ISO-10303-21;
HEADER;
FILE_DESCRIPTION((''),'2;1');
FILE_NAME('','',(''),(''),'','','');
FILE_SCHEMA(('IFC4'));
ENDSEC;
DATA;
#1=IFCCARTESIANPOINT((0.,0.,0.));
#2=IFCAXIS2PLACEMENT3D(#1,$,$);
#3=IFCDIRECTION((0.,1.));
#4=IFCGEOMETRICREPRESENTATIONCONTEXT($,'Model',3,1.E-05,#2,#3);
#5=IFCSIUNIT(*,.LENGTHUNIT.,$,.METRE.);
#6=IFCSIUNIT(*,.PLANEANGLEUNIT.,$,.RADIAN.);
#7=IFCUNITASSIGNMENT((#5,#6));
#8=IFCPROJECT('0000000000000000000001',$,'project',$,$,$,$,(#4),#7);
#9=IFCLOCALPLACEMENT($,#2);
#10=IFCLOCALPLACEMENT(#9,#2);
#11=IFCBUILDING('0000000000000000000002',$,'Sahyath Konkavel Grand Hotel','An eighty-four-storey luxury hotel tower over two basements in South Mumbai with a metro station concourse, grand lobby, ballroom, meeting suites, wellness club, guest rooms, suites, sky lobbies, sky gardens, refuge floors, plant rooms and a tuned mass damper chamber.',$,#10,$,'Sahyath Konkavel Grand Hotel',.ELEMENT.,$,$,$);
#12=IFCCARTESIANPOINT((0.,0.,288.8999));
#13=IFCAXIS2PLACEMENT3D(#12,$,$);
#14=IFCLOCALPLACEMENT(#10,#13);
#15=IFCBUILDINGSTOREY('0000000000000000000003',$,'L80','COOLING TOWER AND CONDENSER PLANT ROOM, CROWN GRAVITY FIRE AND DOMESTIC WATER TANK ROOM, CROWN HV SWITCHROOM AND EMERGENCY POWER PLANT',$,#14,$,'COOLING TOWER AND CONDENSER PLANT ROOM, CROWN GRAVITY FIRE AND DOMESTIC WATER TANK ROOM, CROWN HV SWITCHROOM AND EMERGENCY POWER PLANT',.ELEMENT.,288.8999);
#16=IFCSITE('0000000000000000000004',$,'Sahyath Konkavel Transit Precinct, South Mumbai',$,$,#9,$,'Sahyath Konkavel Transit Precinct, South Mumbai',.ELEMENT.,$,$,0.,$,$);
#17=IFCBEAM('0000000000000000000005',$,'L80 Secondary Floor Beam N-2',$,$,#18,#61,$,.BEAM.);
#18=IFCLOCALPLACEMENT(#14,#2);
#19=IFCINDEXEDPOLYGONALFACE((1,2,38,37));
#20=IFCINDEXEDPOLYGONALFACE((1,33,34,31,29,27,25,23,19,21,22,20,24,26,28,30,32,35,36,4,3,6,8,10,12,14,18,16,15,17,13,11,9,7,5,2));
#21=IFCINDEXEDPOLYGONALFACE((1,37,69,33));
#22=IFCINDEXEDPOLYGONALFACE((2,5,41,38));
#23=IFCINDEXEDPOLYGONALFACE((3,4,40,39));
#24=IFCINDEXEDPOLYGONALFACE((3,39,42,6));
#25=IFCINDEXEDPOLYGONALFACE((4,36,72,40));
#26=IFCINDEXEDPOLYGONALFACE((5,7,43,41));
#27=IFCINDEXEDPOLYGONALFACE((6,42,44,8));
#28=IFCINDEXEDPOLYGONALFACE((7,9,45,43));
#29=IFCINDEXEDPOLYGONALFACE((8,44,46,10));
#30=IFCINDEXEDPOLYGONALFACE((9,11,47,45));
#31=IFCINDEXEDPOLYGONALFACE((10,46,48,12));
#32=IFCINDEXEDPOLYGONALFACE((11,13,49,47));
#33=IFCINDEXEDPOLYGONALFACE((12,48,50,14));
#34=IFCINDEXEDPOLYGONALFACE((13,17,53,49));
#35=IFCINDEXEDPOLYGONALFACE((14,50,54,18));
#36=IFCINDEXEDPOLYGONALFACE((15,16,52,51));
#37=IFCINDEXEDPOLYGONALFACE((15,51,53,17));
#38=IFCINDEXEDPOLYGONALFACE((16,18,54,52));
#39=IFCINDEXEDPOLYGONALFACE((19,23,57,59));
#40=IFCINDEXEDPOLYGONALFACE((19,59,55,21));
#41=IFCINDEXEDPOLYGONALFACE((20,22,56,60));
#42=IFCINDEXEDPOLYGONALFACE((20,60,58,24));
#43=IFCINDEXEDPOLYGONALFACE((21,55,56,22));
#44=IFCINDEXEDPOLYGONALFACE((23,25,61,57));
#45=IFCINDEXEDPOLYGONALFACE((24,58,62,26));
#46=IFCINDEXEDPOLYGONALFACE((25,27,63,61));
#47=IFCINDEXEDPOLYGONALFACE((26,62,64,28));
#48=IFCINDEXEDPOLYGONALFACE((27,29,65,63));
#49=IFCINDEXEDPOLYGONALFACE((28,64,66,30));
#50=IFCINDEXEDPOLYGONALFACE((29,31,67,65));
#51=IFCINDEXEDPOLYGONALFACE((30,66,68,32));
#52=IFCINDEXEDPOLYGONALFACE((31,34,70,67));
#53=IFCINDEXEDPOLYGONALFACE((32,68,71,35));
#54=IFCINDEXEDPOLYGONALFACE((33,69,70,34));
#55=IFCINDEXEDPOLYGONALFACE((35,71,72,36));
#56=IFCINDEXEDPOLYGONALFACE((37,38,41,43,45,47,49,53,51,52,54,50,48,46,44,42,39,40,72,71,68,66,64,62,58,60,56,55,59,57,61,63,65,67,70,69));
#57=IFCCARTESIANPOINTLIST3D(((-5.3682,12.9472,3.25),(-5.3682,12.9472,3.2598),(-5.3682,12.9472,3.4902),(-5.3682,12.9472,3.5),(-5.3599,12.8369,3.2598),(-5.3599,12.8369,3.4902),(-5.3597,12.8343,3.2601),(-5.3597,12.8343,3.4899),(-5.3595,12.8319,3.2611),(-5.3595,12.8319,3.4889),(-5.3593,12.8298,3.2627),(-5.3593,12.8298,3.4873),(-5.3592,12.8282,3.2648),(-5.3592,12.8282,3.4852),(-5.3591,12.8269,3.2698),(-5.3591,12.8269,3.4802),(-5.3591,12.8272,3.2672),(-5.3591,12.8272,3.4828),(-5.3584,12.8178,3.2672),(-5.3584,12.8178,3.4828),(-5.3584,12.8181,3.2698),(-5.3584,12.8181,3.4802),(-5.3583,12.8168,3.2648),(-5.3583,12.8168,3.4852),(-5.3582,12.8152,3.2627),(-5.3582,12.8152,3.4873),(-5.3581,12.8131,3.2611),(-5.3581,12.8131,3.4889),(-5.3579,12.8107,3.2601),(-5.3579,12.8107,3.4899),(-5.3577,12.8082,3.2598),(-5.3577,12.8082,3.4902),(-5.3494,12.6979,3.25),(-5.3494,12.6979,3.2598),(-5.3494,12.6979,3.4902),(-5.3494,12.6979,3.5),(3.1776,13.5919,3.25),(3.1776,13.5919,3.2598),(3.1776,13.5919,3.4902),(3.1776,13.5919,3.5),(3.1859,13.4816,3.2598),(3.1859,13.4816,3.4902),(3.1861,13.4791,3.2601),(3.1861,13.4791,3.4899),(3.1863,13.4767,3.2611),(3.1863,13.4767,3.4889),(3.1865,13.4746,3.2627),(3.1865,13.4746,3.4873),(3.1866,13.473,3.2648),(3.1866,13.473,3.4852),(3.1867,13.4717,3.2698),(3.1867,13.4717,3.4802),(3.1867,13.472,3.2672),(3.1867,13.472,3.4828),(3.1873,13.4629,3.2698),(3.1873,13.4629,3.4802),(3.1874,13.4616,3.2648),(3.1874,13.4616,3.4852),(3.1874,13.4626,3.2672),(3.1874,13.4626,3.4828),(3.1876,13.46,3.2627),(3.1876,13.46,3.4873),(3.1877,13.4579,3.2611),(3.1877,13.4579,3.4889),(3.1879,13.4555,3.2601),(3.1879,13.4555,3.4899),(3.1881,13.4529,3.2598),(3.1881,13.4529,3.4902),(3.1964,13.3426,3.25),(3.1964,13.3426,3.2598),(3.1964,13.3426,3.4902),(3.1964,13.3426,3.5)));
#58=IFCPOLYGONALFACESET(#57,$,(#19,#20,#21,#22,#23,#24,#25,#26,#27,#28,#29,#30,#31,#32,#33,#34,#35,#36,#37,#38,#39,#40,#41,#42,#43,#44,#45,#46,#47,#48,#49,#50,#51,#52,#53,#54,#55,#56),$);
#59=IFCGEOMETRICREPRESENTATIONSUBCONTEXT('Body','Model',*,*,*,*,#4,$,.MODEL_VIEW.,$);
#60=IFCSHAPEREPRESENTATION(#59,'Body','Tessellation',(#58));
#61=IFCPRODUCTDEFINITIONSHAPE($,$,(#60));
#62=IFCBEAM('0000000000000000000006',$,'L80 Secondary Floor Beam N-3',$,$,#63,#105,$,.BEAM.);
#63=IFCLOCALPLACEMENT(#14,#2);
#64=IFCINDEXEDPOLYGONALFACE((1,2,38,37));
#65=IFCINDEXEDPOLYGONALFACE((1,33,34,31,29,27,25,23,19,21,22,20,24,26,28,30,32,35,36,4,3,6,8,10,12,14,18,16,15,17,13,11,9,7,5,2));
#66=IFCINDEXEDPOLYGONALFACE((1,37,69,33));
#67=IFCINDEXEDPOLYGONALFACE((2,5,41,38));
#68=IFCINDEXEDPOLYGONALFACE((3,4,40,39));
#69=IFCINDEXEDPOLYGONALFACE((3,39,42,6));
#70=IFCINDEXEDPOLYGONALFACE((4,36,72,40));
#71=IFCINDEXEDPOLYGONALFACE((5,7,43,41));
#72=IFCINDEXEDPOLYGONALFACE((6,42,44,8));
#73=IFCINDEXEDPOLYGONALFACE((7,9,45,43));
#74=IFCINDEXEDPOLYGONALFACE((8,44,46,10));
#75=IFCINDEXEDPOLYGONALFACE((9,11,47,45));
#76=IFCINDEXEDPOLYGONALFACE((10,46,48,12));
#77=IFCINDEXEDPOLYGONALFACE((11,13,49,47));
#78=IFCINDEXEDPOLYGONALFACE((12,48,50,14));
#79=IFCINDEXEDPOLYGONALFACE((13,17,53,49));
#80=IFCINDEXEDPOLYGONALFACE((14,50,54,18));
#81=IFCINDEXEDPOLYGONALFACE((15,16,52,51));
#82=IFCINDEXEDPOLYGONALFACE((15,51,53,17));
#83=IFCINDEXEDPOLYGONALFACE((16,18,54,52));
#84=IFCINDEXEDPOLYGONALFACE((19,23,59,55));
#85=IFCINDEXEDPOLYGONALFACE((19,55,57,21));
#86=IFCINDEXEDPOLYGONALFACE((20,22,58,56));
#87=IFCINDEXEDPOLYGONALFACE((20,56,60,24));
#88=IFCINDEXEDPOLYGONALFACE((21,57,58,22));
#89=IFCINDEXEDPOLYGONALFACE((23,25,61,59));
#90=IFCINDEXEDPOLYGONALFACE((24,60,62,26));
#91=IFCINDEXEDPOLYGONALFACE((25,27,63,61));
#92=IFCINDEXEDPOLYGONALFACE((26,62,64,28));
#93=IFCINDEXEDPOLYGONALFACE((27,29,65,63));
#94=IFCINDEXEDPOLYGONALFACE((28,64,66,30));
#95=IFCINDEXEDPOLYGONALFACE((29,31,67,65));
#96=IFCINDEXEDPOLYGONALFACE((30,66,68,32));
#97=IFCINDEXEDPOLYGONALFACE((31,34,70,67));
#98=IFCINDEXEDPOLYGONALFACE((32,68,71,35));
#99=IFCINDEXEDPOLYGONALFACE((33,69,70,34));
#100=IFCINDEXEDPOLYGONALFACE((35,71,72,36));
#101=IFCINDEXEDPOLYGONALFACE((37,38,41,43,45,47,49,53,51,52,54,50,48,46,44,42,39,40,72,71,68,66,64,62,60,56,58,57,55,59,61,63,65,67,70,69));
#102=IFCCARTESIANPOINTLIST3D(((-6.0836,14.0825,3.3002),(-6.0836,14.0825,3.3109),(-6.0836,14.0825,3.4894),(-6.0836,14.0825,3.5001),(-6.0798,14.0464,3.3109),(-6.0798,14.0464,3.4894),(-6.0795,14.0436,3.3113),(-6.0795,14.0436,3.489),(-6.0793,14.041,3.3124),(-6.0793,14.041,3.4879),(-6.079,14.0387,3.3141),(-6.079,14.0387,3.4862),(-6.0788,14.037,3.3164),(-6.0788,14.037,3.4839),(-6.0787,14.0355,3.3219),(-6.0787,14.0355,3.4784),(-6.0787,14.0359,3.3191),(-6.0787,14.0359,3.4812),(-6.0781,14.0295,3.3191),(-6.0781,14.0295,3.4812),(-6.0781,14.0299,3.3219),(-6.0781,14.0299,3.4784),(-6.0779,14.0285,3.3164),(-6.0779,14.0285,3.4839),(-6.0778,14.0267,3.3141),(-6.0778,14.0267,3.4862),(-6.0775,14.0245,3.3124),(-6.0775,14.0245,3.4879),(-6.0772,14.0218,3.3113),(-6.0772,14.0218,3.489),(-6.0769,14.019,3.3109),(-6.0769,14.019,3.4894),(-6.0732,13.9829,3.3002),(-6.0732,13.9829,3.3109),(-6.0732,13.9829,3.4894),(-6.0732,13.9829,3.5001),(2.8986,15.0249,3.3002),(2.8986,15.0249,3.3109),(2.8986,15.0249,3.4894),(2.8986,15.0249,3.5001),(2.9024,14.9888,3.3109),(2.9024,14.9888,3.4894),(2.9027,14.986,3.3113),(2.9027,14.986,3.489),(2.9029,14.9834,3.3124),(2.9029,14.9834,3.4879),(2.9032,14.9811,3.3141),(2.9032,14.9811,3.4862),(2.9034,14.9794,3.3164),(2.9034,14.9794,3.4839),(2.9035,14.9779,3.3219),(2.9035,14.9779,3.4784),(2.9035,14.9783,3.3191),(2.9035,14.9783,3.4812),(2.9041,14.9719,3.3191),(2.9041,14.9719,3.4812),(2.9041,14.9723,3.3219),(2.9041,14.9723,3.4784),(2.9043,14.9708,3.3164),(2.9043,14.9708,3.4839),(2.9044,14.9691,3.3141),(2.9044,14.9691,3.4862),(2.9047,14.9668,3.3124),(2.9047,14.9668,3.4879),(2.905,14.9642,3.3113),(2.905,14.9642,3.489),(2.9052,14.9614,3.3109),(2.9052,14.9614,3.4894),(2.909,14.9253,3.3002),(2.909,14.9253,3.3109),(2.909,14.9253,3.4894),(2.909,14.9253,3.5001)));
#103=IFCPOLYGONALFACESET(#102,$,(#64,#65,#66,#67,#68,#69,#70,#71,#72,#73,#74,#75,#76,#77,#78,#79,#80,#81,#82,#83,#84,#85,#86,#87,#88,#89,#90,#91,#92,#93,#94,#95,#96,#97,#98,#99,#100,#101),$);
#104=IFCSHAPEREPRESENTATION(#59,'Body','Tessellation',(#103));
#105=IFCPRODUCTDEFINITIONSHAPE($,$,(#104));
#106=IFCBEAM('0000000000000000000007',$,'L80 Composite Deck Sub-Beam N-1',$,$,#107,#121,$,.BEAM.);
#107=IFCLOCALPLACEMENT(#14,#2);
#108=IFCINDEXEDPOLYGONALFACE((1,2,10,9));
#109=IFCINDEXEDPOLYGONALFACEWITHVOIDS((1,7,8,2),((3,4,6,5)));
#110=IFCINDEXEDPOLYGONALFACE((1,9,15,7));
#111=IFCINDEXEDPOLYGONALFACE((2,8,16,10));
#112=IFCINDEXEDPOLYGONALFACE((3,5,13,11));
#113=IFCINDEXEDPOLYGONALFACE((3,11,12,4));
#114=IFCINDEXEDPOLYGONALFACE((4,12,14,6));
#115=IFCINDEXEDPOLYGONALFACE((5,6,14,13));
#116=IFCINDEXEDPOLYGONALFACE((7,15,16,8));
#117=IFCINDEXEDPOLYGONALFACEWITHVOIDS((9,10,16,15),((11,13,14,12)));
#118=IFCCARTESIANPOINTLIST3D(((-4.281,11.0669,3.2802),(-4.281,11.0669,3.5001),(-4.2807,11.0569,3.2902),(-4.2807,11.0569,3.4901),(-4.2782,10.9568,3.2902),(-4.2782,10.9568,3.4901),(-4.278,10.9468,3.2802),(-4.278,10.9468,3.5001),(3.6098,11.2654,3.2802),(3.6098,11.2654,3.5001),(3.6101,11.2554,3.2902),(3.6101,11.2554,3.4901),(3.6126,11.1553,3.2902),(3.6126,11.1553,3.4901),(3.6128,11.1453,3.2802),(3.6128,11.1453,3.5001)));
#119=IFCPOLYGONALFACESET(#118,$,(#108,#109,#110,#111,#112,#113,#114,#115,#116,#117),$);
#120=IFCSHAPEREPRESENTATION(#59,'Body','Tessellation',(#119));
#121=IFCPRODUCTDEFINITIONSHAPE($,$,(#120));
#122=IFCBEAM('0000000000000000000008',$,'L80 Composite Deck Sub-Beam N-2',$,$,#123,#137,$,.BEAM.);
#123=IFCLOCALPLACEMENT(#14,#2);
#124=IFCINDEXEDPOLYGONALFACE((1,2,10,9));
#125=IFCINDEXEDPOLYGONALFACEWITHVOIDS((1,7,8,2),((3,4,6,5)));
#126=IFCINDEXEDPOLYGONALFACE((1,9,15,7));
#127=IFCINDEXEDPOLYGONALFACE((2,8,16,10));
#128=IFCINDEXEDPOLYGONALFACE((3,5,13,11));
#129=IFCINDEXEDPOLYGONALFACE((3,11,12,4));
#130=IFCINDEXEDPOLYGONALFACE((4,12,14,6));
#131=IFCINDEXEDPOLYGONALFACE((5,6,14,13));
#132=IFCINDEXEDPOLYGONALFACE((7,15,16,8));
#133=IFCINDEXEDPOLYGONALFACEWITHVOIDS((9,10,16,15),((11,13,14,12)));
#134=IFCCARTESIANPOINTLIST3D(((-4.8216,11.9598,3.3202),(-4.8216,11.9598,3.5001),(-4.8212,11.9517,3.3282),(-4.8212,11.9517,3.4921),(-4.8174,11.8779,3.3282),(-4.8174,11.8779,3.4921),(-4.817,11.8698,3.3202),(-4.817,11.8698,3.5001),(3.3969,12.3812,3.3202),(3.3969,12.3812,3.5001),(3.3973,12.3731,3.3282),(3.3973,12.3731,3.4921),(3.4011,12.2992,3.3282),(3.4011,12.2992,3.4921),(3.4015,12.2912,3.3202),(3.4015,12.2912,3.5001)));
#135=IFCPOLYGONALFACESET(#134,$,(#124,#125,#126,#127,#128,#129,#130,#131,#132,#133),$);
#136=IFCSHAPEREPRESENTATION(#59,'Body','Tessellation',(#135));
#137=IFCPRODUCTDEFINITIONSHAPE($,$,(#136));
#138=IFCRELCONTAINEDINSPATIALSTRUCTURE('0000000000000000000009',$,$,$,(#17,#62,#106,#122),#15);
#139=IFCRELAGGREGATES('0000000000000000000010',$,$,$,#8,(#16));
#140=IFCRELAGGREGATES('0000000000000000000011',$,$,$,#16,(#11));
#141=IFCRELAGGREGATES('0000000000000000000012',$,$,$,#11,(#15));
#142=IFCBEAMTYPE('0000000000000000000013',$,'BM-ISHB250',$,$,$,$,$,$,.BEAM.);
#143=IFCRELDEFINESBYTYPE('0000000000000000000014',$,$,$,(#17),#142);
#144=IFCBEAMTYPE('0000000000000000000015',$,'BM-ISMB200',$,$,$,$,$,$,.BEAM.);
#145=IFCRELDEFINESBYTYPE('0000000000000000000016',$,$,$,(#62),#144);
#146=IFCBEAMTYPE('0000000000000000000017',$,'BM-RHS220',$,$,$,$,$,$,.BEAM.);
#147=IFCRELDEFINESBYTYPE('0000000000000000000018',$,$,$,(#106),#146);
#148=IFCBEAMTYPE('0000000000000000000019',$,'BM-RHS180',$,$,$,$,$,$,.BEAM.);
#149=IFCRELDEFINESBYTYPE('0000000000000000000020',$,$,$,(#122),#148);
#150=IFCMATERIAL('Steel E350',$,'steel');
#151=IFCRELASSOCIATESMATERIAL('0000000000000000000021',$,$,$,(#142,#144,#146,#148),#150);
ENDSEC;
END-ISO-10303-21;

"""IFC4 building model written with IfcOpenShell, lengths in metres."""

from ifc_helpers import new_model, si_unit, direction, frame, origin, origin_2d, place, context, subcontext, project, spatial, hollow_rectangle, i_section, extrude, source, transform, mapped, material, material_profile, profile_set, type_object, element, save


model = new_model("IFC4")

# Units and contexts
model_context = context("Model", 3, precision=1e-05, world=origin(), true_north=direction((0.0, 1.0)))
body_context = subcontext(model_context, "Body", "Model", "MODEL_VIEW")
ifc_project = project(units=[si_unit("LENGTHUNIT", "METRE"), si_unit("PLANEANGLEUNIT", "RADIAN")], contexts=[model_context])

# Site, building, storey
site_placement = place(None, origin())
site = spatial("IfcSite", under=ifc_project, at=site_placement, Name="Sahyath Konkavel Transit Precinct, South Mumbai", LongName="Sahyath Konkavel Transit Precinct, South Mumbai", CompositionType="ELEMENT", RefElevation=0.0)
building_placement = place(site_placement, origin())
building = spatial("IfcBuilding", under=site, at=building_placement, Name="Sahyath Konkavel Grand Hotel", Description="An eighty-four-storey luxury hotel tower over two basements in South Mumbai with a metro station concourse, grand lobby, ballroom, meeting suites, wellness club, guest rooms, suites, sky lobbies, sky gardens, refuge floors, plant rooms and a tuned mass damper chamber.", LongName="Sahyath Konkavel Grand Hotel", CompositionType="ELEMENT")
storey_placement = place(building_placement, frame((0.0, 0.0, 288.8999)))
storey = spatial("IfcBuildingStorey", under=building, at=storey_placement, Name="L80", Description="COOLING TOWER AND CONDENSER PLANT ROOM, CROWN GRAVITY FIRE AND DOMESTIC WATER TANK ROOM, CROWN HV SWITCHROOM AND EMERGENCY POWER PLANT", LongName="COOLING TOWER AND CONDENSER PLANT ROOM, CROWN GRAVITY FIRE AND DOMESTIC WATER TANK ROOM, CROWN HV SWITCHROOM AND EMERGENCY POWER PLANT", CompositionType="ELEMENT", Elevation=288.8999)

# Beams
ifc_material_1 = material(Name="Steel E350", Category="steel")
ifc_material_profile_1 = material_profile(ifc_material_1, i_section(OverallWidth=0.25, OverallDepth=0.25, WebThickness=0.0088, FlangeThickness=0.0098, FilletRadius=0.01, at=origin_2d()), Name="ISHB 250")
ifc_profile_set_1 = profile_set([ifc_material_profile_1], Name="Steel E350")
beam_type_1 = type_object("IfcBeamType", Name="BM-ISHB250", PredefinedType="BEAM", material=ifc_profile_set_1)
shared_shape_1 = source(origin(), body_context, "Body", "SweptSolid", [
    extrude(i_section(OverallWidth=0.25, OverallDepth=0.25, WebThickness=0.0088, FlangeThickness=0.0098, FilletRadius=0.01, at=origin_2d()), origin(), (0.0, 0.0, 1.0), 8.5701),
])
beam_1_placement = place(storey_placement, frame((3.187, 13.4673, 3.375), z_axis=(-0.997166, -0.075235, 0.0), x_axis=(0.075235, -0.997166, 0.0)))
element("IfcBeam", 1, at=beam_1_placement, inside=storey, type_object=beam_type_1, Name="L80 Secondary Floor Beam N-2", PredefinedType="BEAM", context=body_context, shape_type="MappedRepresentation", body=[
    mapped(shared_shape_1, transform((0.0, 0.0, 0.0), scale=1.0)),
])
ifc_material_profile_2 = material_profile(ifc_material_1, i_section(OverallWidth=0.1001, OverallDepth=0.2, WebThickness=0.0056, FlangeThickness=0.0107, FilletRadius=0.011, at=origin_2d()), Name="ISMB 200")
ifc_profile_set_2 = profile_set([ifc_material_profile_2], Name="Steel E350")
beam_type_2 = type_object("IfcBeamType", Name="BM-ISMB200", PredefinedType="BEAM", material=ifc_profile_set_2)
shared_shape_2 = source(origin(), body_context, "Body", "SweptSolid", [
    extrude(i_section(OverallWidth=0.1001, OverallDepth=0.2, WebThickness=0.0056, FlangeThickness=0.0107, FilletRadius=0.011, at=origin_2d()), origin(), (0.0, 0.0, 1.0), 9.0315),
])
beam_2_placement = place(storey_placement, frame((2.9038, 14.9751, 3.4001), z_axis=(-0.994541, -0.104344, 0.0), x_axis=(0.104344, -0.994541, 0.0)))
element("IfcBeam", 2, at=beam_2_placement, inside=storey, type_object=beam_type_2, Name="L80 Secondary Floor Beam N-3", PredefinedType="BEAM", context=body_context, shape_type="MappedRepresentation", body=[
    mapped(shared_shape_2, transform((0.0, 0.0, 0.0), scale=1.0)),
])
ifc_material_profile_3 = material_profile(ifc_material_1, hollow_rectangle(XDim=0.1201, YDim=0.22, WallThickness=0.01, at=origin_2d()), Name="RHS 220x120x10")
ifc_profile_set_3 = profile_set([ifc_material_profile_3], Name="Steel E350")
beam_type_3 = type_object("IfcBeamType", Name="BM-RHS220", PredefinedType="BEAM", material=ifc_profile_set_3)
shared_shape_3 = source(origin(), body_context, "Body", "SweptSolid", [
    extrude(hollow_rectangle(XDim=0.1201, YDim=0.22, WallThickness=0.01, at=origin_2d()), origin(), (0.0, 0.0, 1.0), 7.8933),
])
beam_3_placement = place(storey_placement, frame((3.6113, 11.2053, 3.3901), z_axis=(-0.999684, -0.025146, 0.0), x_axis=(0.025146, -0.999684, 0.0)))
element("IfcBeam", 3, at=beam_3_placement, inside=storey, type_object=beam_type_3, Name="L80 Composite Deck Sub-Beam N-1", PredefinedType="BEAM", context=body_context, shape_type="MappedRepresentation", body=[
    mapped(shared_shape_3, transform((0.0, 0.0, 0.0), scale=1.0)),
])
ifc_material_profile_4 = material_profile(ifc_material_1, hollow_rectangle(XDim=0.0901, YDim=0.1799, WallThickness=0.0081, at=origin_2d()), Name="RHS 180x90x8")
ifc_profile_set_4 = profile_set([ifc_material_profile_4], Name="Steel E350")
beam_type_4 = type_object("IfcBeamType", Name="BM-RHS180", PredefinedType="BEAM", material=ifc_profile_set_4)
shared_shape_4 = source(origin(), body_context, "Body", "SweptSolid", [
    extrude(hollow_rectangle(XDim=0.0901, YDim=0.1799, WallThickness=0.0081, at=origin_2d()), origin(), (0.0, 0.0, 1.0), 8.2292),
])
beam_4_placement = place(storey_placement, frame((3.3992, 12.3362, 3.4102), z_axis=(-0.998688, -0.051206, 0.0), x_axis=(0.051206, -0.998688, 0.0)))
element("IfcBeam", 4, at=beam_4_placement, inside=storey, type_object=beam_type_4, Name="L80 Composite Deck Sub-Beam N-2", PredefinedType="BEAM", context=body_context, shape_type="MappedRepresentation", body=[
    mapped(shared_shape_4, transform((0.0, 0.0, 0.0), scale=1.0)),
])

save(model, "model.ifc")
